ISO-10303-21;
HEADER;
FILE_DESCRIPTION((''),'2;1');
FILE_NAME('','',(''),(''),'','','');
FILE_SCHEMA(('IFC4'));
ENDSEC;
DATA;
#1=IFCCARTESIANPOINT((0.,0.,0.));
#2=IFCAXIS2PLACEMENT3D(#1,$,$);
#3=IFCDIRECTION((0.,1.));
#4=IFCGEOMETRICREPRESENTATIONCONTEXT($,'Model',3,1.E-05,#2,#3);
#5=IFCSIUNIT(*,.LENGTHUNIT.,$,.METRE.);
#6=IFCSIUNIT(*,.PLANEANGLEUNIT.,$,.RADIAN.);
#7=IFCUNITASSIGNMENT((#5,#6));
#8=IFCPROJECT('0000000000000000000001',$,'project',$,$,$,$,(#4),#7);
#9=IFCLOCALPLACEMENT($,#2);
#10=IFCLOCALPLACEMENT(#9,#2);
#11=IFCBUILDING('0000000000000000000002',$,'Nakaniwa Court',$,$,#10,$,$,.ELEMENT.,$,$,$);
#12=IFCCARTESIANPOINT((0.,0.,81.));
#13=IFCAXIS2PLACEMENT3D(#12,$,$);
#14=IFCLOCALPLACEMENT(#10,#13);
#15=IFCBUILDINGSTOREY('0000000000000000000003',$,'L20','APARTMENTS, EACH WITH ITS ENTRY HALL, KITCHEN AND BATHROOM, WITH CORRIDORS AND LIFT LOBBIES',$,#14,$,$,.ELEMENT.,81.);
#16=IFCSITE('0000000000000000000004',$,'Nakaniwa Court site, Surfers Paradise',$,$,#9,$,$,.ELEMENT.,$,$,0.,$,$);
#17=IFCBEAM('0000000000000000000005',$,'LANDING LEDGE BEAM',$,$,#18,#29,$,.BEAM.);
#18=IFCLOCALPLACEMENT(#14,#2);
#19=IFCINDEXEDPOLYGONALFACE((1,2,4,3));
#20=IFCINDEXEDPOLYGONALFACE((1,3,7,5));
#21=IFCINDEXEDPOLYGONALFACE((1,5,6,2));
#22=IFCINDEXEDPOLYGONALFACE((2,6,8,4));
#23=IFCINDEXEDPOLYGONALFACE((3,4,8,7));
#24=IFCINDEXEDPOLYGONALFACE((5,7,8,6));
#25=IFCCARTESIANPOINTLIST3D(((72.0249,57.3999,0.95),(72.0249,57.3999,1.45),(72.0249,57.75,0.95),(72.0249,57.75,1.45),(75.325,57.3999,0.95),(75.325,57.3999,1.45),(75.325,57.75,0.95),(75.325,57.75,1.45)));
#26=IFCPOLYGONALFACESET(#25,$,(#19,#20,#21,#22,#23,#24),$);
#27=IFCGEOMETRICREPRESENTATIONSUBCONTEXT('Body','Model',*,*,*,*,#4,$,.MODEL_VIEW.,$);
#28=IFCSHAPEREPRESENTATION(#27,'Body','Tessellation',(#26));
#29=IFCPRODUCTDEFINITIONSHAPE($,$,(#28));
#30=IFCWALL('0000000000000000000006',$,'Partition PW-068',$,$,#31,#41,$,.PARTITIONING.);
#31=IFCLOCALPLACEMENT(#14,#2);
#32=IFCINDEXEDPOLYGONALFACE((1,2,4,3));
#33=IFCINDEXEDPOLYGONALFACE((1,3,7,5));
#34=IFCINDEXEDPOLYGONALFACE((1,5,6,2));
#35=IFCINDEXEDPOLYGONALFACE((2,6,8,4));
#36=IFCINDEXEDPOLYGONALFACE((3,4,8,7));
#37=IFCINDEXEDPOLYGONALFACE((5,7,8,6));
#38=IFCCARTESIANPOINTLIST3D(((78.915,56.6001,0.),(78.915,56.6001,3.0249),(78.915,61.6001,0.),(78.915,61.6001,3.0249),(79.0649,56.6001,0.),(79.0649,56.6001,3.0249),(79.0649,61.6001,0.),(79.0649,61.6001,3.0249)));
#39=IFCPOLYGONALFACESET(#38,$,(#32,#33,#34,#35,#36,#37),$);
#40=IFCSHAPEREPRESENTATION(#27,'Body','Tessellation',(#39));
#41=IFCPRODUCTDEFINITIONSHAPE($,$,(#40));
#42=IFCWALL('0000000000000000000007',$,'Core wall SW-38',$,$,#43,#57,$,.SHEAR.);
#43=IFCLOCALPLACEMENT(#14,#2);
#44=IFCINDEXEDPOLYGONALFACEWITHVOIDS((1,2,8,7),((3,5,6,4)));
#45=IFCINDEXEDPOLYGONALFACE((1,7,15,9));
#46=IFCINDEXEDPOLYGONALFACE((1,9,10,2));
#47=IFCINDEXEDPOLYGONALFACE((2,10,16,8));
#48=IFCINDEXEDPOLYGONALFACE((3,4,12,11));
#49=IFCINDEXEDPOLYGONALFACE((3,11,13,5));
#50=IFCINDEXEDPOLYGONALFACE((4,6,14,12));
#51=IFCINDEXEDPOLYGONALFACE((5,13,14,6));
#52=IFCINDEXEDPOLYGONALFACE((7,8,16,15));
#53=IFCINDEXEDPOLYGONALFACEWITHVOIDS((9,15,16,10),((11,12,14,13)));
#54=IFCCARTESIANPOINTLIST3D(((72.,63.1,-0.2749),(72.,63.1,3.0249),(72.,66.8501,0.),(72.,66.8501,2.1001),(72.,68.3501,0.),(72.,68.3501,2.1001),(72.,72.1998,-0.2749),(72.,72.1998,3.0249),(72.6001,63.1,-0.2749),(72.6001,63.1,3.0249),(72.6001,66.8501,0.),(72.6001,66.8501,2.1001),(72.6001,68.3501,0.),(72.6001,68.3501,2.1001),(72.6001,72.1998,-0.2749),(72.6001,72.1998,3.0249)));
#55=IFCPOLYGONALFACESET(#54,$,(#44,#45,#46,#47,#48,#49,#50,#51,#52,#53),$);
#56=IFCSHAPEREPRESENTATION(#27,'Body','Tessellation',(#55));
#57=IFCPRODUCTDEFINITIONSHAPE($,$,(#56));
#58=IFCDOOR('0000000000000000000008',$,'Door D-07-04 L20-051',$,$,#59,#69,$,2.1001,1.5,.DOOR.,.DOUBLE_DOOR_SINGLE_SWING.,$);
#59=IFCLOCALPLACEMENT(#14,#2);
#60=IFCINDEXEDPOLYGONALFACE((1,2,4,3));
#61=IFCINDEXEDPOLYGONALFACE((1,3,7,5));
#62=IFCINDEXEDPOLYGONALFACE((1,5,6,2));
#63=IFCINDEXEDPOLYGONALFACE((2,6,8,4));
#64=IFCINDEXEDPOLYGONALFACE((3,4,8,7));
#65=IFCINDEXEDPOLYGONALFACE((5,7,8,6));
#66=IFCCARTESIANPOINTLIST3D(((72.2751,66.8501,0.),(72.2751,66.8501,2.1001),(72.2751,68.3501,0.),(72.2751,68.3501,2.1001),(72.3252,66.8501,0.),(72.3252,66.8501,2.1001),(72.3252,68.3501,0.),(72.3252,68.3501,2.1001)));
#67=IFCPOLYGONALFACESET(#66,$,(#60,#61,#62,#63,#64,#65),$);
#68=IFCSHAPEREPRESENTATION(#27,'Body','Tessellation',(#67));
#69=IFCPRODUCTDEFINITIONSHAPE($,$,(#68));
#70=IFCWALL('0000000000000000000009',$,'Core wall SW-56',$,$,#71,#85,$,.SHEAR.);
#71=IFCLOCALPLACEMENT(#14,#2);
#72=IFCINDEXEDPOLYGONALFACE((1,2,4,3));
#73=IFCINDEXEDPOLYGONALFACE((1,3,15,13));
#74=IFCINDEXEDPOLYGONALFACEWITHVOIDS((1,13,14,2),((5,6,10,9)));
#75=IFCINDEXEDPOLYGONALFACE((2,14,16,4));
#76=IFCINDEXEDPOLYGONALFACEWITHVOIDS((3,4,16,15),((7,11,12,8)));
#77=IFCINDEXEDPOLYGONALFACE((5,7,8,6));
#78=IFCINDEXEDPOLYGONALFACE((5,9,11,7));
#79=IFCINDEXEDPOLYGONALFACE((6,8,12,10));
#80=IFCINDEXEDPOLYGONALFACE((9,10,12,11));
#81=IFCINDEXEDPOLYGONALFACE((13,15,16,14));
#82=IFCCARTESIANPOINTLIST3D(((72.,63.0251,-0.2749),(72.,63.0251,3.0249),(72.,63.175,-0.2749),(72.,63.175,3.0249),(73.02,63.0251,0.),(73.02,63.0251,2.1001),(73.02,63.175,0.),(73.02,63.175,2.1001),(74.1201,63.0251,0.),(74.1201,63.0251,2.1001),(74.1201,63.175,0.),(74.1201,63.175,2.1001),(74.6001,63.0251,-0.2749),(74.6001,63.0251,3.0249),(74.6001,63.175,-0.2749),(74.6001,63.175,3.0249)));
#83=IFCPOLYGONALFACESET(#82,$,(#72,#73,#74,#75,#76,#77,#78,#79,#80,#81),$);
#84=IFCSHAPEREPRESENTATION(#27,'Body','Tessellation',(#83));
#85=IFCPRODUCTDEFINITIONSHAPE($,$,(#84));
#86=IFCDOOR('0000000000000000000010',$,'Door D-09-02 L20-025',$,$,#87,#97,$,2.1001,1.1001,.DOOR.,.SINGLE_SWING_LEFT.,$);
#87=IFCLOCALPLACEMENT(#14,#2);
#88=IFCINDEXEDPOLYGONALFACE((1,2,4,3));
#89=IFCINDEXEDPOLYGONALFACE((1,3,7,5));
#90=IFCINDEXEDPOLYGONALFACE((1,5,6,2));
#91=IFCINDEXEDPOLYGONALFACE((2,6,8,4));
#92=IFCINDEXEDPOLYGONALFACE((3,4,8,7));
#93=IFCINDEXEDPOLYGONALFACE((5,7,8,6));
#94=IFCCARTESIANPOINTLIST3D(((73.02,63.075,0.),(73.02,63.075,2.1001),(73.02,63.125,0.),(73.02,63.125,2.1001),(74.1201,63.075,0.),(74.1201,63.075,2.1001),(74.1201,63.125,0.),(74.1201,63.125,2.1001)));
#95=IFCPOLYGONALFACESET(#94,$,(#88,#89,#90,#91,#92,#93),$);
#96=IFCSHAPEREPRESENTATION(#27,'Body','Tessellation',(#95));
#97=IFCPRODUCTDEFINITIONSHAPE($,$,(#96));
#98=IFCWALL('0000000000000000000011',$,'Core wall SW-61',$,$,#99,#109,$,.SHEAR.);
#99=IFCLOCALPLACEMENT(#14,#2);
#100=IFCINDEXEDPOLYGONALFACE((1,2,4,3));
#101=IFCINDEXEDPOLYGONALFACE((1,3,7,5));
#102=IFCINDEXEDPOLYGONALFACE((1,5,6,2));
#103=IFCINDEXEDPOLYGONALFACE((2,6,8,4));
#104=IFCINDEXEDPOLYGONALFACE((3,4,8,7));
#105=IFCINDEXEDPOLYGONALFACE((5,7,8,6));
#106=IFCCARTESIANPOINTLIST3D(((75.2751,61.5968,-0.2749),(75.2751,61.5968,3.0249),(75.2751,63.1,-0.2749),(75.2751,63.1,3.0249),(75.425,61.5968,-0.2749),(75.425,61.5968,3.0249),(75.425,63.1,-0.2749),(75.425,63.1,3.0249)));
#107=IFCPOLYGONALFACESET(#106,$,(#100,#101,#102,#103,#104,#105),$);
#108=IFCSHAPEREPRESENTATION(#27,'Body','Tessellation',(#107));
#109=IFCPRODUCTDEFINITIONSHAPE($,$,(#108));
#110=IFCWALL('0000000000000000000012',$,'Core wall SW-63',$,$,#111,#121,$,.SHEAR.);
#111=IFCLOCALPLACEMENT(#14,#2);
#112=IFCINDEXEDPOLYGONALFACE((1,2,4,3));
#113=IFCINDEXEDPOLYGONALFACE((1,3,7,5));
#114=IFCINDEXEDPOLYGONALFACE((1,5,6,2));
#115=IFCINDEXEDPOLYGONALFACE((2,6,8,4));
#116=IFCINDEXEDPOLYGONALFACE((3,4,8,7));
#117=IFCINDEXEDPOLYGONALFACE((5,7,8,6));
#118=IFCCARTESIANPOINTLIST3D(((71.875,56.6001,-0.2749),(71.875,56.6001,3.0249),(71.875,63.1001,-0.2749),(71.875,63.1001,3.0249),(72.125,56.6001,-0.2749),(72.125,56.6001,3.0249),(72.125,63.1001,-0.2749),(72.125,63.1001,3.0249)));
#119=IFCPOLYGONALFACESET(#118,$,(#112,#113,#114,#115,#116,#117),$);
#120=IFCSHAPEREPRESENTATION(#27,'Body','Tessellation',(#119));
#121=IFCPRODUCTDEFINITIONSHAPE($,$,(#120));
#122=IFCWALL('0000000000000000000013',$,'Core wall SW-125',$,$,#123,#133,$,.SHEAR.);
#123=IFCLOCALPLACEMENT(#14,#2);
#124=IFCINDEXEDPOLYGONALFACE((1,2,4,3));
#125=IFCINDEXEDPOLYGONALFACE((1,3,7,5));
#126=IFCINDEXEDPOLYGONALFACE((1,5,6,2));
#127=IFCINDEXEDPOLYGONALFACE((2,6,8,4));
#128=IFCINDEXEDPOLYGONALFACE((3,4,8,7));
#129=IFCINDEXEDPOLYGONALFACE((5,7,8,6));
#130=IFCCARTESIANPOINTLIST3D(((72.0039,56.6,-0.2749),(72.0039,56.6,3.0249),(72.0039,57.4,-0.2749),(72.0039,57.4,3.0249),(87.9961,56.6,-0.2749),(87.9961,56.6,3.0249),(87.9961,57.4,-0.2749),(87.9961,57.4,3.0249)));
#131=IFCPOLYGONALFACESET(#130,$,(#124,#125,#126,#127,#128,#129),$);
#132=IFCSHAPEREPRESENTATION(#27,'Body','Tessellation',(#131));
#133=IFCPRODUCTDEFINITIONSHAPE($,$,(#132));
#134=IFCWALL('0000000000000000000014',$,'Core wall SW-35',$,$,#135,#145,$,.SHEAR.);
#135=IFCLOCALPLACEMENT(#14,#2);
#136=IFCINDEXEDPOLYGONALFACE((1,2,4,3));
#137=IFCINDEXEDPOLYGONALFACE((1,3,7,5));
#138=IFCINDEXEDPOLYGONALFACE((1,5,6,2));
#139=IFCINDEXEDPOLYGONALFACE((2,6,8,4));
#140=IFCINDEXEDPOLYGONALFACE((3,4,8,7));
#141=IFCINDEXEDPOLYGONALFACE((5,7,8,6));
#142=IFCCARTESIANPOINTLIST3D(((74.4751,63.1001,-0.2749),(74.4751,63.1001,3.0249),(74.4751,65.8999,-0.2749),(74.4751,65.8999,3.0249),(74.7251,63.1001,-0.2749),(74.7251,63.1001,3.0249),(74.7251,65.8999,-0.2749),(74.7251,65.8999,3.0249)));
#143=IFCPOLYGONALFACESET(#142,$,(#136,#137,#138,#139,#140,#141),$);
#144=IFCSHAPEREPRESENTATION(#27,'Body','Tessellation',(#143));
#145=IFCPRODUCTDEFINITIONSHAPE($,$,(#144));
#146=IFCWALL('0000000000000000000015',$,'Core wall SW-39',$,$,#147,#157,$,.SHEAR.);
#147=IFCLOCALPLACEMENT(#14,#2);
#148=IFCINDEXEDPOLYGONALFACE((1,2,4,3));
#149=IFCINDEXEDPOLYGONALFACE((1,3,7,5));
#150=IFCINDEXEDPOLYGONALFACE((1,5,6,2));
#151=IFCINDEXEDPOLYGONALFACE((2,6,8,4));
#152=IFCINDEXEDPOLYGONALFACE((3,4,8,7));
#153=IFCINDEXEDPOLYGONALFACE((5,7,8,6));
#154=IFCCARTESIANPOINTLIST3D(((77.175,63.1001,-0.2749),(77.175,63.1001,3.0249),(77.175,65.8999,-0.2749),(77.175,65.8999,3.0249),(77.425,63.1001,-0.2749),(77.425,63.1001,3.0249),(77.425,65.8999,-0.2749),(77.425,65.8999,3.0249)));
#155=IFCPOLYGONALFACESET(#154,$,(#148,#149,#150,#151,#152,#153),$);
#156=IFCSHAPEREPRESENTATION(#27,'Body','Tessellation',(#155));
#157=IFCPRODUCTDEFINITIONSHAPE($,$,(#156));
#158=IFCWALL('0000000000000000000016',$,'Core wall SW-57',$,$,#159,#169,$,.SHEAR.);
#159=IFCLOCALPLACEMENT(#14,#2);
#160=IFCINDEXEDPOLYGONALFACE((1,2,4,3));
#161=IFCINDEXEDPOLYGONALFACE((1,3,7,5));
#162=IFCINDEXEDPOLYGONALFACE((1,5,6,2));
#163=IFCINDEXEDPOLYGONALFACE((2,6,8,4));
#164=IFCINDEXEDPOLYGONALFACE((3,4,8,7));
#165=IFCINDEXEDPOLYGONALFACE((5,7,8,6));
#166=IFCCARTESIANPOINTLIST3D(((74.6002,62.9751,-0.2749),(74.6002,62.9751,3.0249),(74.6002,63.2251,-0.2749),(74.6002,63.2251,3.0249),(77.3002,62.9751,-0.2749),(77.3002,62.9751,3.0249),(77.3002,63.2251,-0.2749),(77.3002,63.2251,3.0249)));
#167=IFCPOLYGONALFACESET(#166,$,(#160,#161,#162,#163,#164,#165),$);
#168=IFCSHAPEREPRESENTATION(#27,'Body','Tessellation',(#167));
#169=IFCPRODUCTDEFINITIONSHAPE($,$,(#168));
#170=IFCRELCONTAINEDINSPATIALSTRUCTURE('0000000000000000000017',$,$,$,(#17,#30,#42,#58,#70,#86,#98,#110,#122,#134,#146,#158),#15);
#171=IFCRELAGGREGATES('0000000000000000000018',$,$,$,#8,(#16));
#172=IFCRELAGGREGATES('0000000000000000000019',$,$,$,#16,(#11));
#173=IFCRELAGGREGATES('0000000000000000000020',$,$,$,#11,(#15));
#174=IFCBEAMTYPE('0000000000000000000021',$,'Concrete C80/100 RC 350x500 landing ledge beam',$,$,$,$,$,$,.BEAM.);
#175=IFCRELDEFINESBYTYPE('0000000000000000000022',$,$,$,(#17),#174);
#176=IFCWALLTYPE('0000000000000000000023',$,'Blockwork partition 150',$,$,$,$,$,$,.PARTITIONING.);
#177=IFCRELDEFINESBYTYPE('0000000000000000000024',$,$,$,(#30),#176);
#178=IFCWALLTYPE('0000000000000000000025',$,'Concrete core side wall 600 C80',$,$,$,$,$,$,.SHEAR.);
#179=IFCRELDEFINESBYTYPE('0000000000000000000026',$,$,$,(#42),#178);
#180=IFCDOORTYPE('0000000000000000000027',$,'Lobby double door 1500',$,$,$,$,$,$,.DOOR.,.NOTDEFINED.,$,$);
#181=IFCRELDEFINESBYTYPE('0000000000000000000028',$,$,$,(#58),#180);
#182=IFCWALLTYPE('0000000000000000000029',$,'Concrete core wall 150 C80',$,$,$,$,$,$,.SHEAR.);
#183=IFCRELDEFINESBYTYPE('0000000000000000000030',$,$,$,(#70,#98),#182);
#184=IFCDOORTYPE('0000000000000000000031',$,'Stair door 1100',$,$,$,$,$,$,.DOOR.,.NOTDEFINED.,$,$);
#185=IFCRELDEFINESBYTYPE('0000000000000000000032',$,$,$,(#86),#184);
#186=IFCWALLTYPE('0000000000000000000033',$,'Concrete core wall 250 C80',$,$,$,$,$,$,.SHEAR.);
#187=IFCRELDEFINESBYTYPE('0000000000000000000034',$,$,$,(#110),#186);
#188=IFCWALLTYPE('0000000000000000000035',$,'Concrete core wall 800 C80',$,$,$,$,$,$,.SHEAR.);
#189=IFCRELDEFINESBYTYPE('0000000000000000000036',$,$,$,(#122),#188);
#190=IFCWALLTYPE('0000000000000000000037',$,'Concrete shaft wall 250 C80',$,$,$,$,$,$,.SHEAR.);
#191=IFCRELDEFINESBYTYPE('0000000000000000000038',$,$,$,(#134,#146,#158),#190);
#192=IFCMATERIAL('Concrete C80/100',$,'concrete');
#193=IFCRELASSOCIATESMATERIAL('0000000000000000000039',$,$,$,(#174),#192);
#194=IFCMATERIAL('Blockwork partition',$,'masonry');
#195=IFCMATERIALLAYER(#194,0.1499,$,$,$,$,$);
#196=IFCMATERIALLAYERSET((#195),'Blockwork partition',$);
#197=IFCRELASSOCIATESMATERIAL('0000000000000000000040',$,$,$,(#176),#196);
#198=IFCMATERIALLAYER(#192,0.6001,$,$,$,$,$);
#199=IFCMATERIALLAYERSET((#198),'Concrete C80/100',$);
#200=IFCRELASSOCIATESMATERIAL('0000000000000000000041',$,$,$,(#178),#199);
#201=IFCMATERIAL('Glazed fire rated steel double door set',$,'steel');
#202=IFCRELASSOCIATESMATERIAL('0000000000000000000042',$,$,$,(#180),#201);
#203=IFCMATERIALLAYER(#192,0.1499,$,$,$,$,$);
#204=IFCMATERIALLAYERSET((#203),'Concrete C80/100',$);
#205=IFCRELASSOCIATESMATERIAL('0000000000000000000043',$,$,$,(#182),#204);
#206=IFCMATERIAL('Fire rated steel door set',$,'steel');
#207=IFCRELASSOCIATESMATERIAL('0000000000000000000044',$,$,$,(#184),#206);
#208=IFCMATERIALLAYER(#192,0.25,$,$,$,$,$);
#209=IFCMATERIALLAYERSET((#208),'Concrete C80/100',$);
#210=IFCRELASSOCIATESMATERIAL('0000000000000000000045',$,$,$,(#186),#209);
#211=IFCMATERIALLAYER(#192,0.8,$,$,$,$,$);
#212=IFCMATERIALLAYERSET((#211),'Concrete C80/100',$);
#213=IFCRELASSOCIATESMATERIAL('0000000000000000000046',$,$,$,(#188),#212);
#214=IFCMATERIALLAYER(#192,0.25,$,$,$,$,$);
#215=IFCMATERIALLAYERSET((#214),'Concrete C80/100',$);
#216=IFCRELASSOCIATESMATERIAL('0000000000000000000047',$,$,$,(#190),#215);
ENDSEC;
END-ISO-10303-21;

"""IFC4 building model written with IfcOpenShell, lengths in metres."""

from ifc_helpers import new_model, si_unit, direction, frame, frame_2d, origin, origin_2d, place, context, subcontext, project, spatial, rectangle, extrude, material, layer, layer_set, material_profile, profile_set, type_object, element, fill, save


model = new_model("IFC4")

# Units and contexts
model_context = context("Model", 3, precision=1e-05, world=origin(), true_north=direction((0.0, 1.0)))
body_context = subcontext(model_context, "Body", "Model", "MODEL_VIEW")
ifc_project = project(units=[si_unit("LENGTHUNIT", "METRE"), si_unit("PLANEANGLEUNIT", "RADIAN")], contexts=[model_context])

# Site, building, storey
site_placement = place(None, origin())
site = spatial("IfcSite", under=ifc_project, at=site_placement, Name="Nakaniwa Court site, Surfers Paradise", CompositionType="ELEMENT", RefElevation=0.0)
building_placement = place(site_placement, origin())
building = spatial("IfcBuilding", under=site, at=building_placement, Name="Nakaniwa Court", CompositionType="ELEMENT")
storey_placement = place(building_placement, frame((0.0, 0.0, 81.0)))
storey = spatial("IfcBuildingStorey", under=building, at=storey_placement, Name="L20", Description="APARTMENTS, EACH WITH ITS ENTRY HALL, KITCHEN AND BATHROOM, WITH CORRIDORS AND LIFT LOBBIES", CompositionType="ELEMENT", Elevation=81.0)

# Beam
ifc_material_1 = material(Name="Concrete C80/100", Category="concrete")
ifc_material_profile = material_profile(ifc_material_1, rectangle(XDim=0.3501, YDim=0.5, at=origin_2d()), Name="Concrete C80/100 RC 350x500 landing ledge beam")
ifc_profile_set = profile_set([ifc_material_profile], Name="Concrete C80/100")
beam_type = type_object("IfcBeamType", Name="Concrete C80/100 RC 350x500 landing ledge beam", PredefinedType="BEAM", material=ifc_profile_set)
beam_placement = place(storey_placement, frame((72.0249, 57.575, 1.2), z_axis=(1.0, 0.0, 0.0), x_axis=(0.0, 1.0, 0.0)))
element("IfcBeam", 1, at=beam_placement, inside=storey, type_object=beam_type, Name="LANDING LEDGE BEAM", PredefinedType="BEAM", context=body_context, shape_type="SweptSolid", body=[
    extrude(rectangle(XDim=0.3501, YDim=0.5, at=origin_2d()), origin(), (0.0, 0.0, 1.0), 3.3),
])

# Wall
ifc_material_2 = material(Name="Blockwork partition", Category="masonry")
ifc_layer_1 = layer(ifc_material_2, 0.1499)
ifc_layer_set_1 = layer_set([ifc_layer_1], Name="Blockwork partition")
wall_type_1 = type_object("IfcWallType", Name="Blockwork partition 150", PredefinedType="PARTITIONING", material=ifc_layer_set_1)
wall_1_placement = place(storey_placement, frame((78.99, 56.6001, 0.0), z_axis=(0.0, 0.0, 1.0), x_axis=(0.0, 1.0, 0.0)))
element("IfcWall", 2, at=wall_1_placement, inside=storey, type_object=wall_type_1, Name="Partition PW-068", PredefinedType="PARTITIONING", context=body_context, shape_type="SweptSolid", body=[
    extrude(rectangle(XDim=5.0, YDim=0.1499, at=frame_2d((2.5, 0.0))), origin(), (0.0, 0.0, 1.0), 3.0249),
])

# Walls, openings, doors
ifc_layer_2 = layer(ifc_material_1, 0.6001)
ifc_layer_set_2 = layer_set([ifc_layer_2], Name="Concrete C80/100")
wall_type_2 = type_object("IfcWallType", Name="Concrete core side wall 600 C80", PredefinedType="SHEAR", material=ifc_layer_set_2)
wall_2_placement = place(storey_placement, frame((72.3, 63.1001, -0.2749), z_axis=(0.0, 0.0, 1.0), x_axis=(0.0, 1.0, 0.0)))
wall_2 = element("IfcWall", 3, at=wall_2_placement, inside=storey, type_object=wall_type_2, Name="Core wall SW-38", PredefinedType="SHEAR", context=body_context, shape_type="SweptSolid", body=[
    extrude(rectangle(XDim=9.0999, YDim=0.6001, at=frame_2d((4.5498, 0.0))), origin(), (0.0, 0.0, 1.0), 3.2998),
])
opening_1_placement = place(wall_2_placement, frame((3.75, 0.0, 0.2749)))
opening_1 = element("IfcOpeningElement", 4, at=opening_1_placement, cuts=wall_2, PredefinedType="OPENING", context=body_context, shape_type="SweptSolid", body=[
    extrude(rectangle(XDim=1.5, YDim=2.1001, at=frame_2d((0.75, 1.05))), frame((0.0, 0.3101, 0.0), z_axis=(0.0, -1.0, 0.0), x_axis=(1.0, 0.0, 0.0)), (0.0, 0.0, 1.0), 0.6201),
])
ifc_material_3 = material(Name="Glazed fire rated steel double door set", Category="steel")
door_type_1 = type_object("IfcDoorType", Name="Lobby double door 1500", OperationType="NOTDEFINED", PredefinedType="DOOR", material=ifc_material_3)
door_1_placement = place(opening_1_placement, origin())
door_1 = element("IfcDoor", 5, at=door_1_placement, inside=storey, type_object=door_type_1, Name="Door D-07-04 L20-051", OperationType="DOUBLE_DOOR_SINGLE_SWING", OverallHeight=2.1001, OverallWidth=1.5, PredefinedType="DOOR", context=body_context, shape_type="SweptSolid", body=[
    extrude(rectangle(XDim=1.5, YDim=2.1001, at=frame_2d((0.75, 1.05))), frame((0.0, 0.0249, 0.0), z_axis=(0.0, -1.0, 0.0), x_axis=(1.0, 0.0, 0.0)), (0.0, 0.0, 1.0), 0.05),
])
fill(opening_1, door_1)
ifc_layer_3 = layer(ifc_material_1, 0.1499)
ifc_layer_set_3 = layer_set([ifc_layer_3], Name="Concrete C80/100")
wall_type_3 = type_object("IfcWallType", Name="Concrete core wall 150 C80", PredefinedType="SHEAR", material=ifc_layer_set_3)
wall_3_placement = place(storey_placement, frame((72.0, 63.1001, -0.2749), z_axis=(0.0, 0.0, 1.0), x_axis=(1.0, 0.0, 0.0)))
wall_3 = element("IfcWall", 6, at=wall_3_placement, inside=storey, type_object=wall_type_3, Name="Core wall SW-56", PredefinedType="SHEAR", context=body_context, shape_type="SweptSolid", body=[
    extrude(rectangle(XDim=2.6001, YDim=0.1499, at=frame_2d((1.3, 0.0))), origin(), (0.0, 0.0, 1.0), 3.2998),
])
opening_2_placement = place(wall_3_placement, frame((1.02, 0.0, 0.2749)))
opening_2 = element("IfcOpeningElement", 7, at=opening_2_placement, cuts=wall_3, PredefinedType="OPENING", context=body_context, shape_type="SweptSolid", body=[
    extrude(rectangle(XDim=1.1001, YDim=2.1001, at=frame_2d((0.55, 1.05))), frame((0.0, 0.085, 0.0), z_axis=(0.0, -1.0, 0.0), x_axis=(1.0, 0.0, 0.0)), (0.0, 0.0, 1.0), 0.1699),
])
ifc_material_4 = material(Name="Fire rated steel door set", Category="steel")
door_type_2 = type_object("IfcDoorType", Name="Stair door 1100", OperationType="NOTDEFINED", PredefinedType="DOOR", material=ifc_material_4)
door_2_placement = place(opening_2_placement, origin())
door_2 = element("IfcDoor", 8, at=door_2_placement, inside=storey, type_object=door_type_2, Name="Door D-09-02 L20-025", OperationType="SINGLE_SWING_LEFT", OverallHeight=2.1001, OverallWidth=1.1001, PredefinedType="DOOR", context=body_context, shape_type="SweptSolid", body=[
    extrude(rectangle(XDim=1.1001, YDim=2.1001, at=frame_2d((0.55, 1.05))), frame((0.0, 0.0249, 0.0), z_axis=(0.0, -1.0, 0.0), x_axis=(1.0, 0.0, 0.0)), (0.0, 0.0, 1.0), 0.05),
])
fill(opening_2, door_2)

# Walls
wall_4_placement = place(storey_placement, frame((75.3501, 61.5969, -0.2749), z_axis=(0.0, 0.0, 1.0), x_axis=(0.0, 1.0, 0.0)))
element("IfcWall", 9, at=wall_4_placement, inside=storey, type_object=wall_type_3, Name="Core wall SW-61", PredefinedType="SHEAR", context=body_context, shape_type="SweptSolid", body=[
    extrude(rectangle(XDim=1.5032, YDim=0.1499, at=frame_2d((0.7515, 0.0))), origin(), (0.0, 0.0, 1.0), 3.2998),
])
ifc_layer_4 = layer(ifc_material_1, 0.25)
ifc_layer_set_4 = layer_set([ifc_layer_4], Name="Concrete C80/100")
wall_type_4 = type_object("IfcWallType", Name="Concrete core wall 250 C80", PredefinedType="SHEAR", material=ifc_layer_set_4)
wall_5_placement = place(storey_placement, frame((72.0, 56.6001, -0.2749), z_axis=(0.0, 0.0, 1.0), x_axis=(0.0, 1.0, 0.0)))
element("IfcWall", 10, at=wall_5_placement, inside=storey, type_object=wall_type_4, Name="Core wall SW-63", PredefinedType="SHEAR", context=body_context, shape_type="SweptSolid", body=[
    extrude(rectangle(XDim=6.5, YDim=0.25, at=frame_2d((3.25, 0.0))), origin(), (0.0, 0.0, 1.0), 3.2998),
])
ifc_layer_5 = layer(ifc_material_1, 0.8)
ifc_layer_set_5 = layer_set([ifc_layer_5], Name="Concrete C80/100")
wall_type_5 = type_object("IfcWallType", Name="Concrete core wall 800 C80", PredefinedType="SHEAR", material=ifc_layer_set_5)
wall_6_placement = place(storey_placement, frame((72.0039, 57.0, -0.2749), z_axis=(0.0, 0.0, 1.0), x_axis=(1.0, 0.0, 0.0)))
element("IfcWall", 11, at=wall_6_placement, inside=storey, type_object=wall_type_5, Name="Core wall SW-125", PredefinedType="SHEAR", context=body_context, shape_type="SweptSolid", body=[
    extrude(rectangle(XDim=15.9922, YDim=0.8, at=frame_2d((7.9961, 0.0))), origin(), (0.0, 0.0, 1.0), 3.2998),
])
ifc_layer_6 = layer(ifc_material_1, 0.25)
ifc_layer_set_6 = layer_set([ifc_layer_6], Name="Concrete C80/100")
wall_type_6 = type_object("IfcWallType", Name="Concrete shaft wall 250 C80", PredefinedType="SHEAR", material=ifc_layer_set_6)
for number, where, z_axis, x_axis, name in (
    (12, (74.6001, 63.1001, -0.2749), (0.0, 0.0, 1.0), (0.0, 1.0, 0.0), "Core wall SW-35"),
    (13, (77.3, 63.1001, -0.2749), (0.0, 0.0, 1.0), (0.0, 1.0, 0.0), "Core wall SW-39"),
):
    element("IfcWall", number, at=place(storey_placement, frame(where, z_axis=z_axis, x_axis=x_axis)), inside=storey, type_object=wall_type_6, Name=name, PredefinedType="SHEAR", context=body_context, shape_type="SweptSolid", body=[
        extrude(rectangle(XDim=2.7998, YDim=0.25, at=frame_2d((1.3999, 0.0))), origin(), (0.0, 0.0, 1.0), 3.2998),
    ])
wall_7_placement = place(storey_placement, frame((74.6001, 63.1001, -0.2749), z_axis=(0.0, 0.0, 1.0), x_axis=(1.0, 0.0, 0.0)))
element("IfcWall", 14, at=wall_7_placement, inside=storey, type_object=wall_type_6, Name="Core wall SW-57", PredefinedType="SHEAR", context=body_context, shape_type="SweptSolid", body=[
    extrude(rectangle(XDim=2.7, YDim=0.25, at=frame_2d((1.3501, 0.0))), origin(), (0.0, 0.0, 1.0), 3.2998),
])

save(model, "model.ifc")
